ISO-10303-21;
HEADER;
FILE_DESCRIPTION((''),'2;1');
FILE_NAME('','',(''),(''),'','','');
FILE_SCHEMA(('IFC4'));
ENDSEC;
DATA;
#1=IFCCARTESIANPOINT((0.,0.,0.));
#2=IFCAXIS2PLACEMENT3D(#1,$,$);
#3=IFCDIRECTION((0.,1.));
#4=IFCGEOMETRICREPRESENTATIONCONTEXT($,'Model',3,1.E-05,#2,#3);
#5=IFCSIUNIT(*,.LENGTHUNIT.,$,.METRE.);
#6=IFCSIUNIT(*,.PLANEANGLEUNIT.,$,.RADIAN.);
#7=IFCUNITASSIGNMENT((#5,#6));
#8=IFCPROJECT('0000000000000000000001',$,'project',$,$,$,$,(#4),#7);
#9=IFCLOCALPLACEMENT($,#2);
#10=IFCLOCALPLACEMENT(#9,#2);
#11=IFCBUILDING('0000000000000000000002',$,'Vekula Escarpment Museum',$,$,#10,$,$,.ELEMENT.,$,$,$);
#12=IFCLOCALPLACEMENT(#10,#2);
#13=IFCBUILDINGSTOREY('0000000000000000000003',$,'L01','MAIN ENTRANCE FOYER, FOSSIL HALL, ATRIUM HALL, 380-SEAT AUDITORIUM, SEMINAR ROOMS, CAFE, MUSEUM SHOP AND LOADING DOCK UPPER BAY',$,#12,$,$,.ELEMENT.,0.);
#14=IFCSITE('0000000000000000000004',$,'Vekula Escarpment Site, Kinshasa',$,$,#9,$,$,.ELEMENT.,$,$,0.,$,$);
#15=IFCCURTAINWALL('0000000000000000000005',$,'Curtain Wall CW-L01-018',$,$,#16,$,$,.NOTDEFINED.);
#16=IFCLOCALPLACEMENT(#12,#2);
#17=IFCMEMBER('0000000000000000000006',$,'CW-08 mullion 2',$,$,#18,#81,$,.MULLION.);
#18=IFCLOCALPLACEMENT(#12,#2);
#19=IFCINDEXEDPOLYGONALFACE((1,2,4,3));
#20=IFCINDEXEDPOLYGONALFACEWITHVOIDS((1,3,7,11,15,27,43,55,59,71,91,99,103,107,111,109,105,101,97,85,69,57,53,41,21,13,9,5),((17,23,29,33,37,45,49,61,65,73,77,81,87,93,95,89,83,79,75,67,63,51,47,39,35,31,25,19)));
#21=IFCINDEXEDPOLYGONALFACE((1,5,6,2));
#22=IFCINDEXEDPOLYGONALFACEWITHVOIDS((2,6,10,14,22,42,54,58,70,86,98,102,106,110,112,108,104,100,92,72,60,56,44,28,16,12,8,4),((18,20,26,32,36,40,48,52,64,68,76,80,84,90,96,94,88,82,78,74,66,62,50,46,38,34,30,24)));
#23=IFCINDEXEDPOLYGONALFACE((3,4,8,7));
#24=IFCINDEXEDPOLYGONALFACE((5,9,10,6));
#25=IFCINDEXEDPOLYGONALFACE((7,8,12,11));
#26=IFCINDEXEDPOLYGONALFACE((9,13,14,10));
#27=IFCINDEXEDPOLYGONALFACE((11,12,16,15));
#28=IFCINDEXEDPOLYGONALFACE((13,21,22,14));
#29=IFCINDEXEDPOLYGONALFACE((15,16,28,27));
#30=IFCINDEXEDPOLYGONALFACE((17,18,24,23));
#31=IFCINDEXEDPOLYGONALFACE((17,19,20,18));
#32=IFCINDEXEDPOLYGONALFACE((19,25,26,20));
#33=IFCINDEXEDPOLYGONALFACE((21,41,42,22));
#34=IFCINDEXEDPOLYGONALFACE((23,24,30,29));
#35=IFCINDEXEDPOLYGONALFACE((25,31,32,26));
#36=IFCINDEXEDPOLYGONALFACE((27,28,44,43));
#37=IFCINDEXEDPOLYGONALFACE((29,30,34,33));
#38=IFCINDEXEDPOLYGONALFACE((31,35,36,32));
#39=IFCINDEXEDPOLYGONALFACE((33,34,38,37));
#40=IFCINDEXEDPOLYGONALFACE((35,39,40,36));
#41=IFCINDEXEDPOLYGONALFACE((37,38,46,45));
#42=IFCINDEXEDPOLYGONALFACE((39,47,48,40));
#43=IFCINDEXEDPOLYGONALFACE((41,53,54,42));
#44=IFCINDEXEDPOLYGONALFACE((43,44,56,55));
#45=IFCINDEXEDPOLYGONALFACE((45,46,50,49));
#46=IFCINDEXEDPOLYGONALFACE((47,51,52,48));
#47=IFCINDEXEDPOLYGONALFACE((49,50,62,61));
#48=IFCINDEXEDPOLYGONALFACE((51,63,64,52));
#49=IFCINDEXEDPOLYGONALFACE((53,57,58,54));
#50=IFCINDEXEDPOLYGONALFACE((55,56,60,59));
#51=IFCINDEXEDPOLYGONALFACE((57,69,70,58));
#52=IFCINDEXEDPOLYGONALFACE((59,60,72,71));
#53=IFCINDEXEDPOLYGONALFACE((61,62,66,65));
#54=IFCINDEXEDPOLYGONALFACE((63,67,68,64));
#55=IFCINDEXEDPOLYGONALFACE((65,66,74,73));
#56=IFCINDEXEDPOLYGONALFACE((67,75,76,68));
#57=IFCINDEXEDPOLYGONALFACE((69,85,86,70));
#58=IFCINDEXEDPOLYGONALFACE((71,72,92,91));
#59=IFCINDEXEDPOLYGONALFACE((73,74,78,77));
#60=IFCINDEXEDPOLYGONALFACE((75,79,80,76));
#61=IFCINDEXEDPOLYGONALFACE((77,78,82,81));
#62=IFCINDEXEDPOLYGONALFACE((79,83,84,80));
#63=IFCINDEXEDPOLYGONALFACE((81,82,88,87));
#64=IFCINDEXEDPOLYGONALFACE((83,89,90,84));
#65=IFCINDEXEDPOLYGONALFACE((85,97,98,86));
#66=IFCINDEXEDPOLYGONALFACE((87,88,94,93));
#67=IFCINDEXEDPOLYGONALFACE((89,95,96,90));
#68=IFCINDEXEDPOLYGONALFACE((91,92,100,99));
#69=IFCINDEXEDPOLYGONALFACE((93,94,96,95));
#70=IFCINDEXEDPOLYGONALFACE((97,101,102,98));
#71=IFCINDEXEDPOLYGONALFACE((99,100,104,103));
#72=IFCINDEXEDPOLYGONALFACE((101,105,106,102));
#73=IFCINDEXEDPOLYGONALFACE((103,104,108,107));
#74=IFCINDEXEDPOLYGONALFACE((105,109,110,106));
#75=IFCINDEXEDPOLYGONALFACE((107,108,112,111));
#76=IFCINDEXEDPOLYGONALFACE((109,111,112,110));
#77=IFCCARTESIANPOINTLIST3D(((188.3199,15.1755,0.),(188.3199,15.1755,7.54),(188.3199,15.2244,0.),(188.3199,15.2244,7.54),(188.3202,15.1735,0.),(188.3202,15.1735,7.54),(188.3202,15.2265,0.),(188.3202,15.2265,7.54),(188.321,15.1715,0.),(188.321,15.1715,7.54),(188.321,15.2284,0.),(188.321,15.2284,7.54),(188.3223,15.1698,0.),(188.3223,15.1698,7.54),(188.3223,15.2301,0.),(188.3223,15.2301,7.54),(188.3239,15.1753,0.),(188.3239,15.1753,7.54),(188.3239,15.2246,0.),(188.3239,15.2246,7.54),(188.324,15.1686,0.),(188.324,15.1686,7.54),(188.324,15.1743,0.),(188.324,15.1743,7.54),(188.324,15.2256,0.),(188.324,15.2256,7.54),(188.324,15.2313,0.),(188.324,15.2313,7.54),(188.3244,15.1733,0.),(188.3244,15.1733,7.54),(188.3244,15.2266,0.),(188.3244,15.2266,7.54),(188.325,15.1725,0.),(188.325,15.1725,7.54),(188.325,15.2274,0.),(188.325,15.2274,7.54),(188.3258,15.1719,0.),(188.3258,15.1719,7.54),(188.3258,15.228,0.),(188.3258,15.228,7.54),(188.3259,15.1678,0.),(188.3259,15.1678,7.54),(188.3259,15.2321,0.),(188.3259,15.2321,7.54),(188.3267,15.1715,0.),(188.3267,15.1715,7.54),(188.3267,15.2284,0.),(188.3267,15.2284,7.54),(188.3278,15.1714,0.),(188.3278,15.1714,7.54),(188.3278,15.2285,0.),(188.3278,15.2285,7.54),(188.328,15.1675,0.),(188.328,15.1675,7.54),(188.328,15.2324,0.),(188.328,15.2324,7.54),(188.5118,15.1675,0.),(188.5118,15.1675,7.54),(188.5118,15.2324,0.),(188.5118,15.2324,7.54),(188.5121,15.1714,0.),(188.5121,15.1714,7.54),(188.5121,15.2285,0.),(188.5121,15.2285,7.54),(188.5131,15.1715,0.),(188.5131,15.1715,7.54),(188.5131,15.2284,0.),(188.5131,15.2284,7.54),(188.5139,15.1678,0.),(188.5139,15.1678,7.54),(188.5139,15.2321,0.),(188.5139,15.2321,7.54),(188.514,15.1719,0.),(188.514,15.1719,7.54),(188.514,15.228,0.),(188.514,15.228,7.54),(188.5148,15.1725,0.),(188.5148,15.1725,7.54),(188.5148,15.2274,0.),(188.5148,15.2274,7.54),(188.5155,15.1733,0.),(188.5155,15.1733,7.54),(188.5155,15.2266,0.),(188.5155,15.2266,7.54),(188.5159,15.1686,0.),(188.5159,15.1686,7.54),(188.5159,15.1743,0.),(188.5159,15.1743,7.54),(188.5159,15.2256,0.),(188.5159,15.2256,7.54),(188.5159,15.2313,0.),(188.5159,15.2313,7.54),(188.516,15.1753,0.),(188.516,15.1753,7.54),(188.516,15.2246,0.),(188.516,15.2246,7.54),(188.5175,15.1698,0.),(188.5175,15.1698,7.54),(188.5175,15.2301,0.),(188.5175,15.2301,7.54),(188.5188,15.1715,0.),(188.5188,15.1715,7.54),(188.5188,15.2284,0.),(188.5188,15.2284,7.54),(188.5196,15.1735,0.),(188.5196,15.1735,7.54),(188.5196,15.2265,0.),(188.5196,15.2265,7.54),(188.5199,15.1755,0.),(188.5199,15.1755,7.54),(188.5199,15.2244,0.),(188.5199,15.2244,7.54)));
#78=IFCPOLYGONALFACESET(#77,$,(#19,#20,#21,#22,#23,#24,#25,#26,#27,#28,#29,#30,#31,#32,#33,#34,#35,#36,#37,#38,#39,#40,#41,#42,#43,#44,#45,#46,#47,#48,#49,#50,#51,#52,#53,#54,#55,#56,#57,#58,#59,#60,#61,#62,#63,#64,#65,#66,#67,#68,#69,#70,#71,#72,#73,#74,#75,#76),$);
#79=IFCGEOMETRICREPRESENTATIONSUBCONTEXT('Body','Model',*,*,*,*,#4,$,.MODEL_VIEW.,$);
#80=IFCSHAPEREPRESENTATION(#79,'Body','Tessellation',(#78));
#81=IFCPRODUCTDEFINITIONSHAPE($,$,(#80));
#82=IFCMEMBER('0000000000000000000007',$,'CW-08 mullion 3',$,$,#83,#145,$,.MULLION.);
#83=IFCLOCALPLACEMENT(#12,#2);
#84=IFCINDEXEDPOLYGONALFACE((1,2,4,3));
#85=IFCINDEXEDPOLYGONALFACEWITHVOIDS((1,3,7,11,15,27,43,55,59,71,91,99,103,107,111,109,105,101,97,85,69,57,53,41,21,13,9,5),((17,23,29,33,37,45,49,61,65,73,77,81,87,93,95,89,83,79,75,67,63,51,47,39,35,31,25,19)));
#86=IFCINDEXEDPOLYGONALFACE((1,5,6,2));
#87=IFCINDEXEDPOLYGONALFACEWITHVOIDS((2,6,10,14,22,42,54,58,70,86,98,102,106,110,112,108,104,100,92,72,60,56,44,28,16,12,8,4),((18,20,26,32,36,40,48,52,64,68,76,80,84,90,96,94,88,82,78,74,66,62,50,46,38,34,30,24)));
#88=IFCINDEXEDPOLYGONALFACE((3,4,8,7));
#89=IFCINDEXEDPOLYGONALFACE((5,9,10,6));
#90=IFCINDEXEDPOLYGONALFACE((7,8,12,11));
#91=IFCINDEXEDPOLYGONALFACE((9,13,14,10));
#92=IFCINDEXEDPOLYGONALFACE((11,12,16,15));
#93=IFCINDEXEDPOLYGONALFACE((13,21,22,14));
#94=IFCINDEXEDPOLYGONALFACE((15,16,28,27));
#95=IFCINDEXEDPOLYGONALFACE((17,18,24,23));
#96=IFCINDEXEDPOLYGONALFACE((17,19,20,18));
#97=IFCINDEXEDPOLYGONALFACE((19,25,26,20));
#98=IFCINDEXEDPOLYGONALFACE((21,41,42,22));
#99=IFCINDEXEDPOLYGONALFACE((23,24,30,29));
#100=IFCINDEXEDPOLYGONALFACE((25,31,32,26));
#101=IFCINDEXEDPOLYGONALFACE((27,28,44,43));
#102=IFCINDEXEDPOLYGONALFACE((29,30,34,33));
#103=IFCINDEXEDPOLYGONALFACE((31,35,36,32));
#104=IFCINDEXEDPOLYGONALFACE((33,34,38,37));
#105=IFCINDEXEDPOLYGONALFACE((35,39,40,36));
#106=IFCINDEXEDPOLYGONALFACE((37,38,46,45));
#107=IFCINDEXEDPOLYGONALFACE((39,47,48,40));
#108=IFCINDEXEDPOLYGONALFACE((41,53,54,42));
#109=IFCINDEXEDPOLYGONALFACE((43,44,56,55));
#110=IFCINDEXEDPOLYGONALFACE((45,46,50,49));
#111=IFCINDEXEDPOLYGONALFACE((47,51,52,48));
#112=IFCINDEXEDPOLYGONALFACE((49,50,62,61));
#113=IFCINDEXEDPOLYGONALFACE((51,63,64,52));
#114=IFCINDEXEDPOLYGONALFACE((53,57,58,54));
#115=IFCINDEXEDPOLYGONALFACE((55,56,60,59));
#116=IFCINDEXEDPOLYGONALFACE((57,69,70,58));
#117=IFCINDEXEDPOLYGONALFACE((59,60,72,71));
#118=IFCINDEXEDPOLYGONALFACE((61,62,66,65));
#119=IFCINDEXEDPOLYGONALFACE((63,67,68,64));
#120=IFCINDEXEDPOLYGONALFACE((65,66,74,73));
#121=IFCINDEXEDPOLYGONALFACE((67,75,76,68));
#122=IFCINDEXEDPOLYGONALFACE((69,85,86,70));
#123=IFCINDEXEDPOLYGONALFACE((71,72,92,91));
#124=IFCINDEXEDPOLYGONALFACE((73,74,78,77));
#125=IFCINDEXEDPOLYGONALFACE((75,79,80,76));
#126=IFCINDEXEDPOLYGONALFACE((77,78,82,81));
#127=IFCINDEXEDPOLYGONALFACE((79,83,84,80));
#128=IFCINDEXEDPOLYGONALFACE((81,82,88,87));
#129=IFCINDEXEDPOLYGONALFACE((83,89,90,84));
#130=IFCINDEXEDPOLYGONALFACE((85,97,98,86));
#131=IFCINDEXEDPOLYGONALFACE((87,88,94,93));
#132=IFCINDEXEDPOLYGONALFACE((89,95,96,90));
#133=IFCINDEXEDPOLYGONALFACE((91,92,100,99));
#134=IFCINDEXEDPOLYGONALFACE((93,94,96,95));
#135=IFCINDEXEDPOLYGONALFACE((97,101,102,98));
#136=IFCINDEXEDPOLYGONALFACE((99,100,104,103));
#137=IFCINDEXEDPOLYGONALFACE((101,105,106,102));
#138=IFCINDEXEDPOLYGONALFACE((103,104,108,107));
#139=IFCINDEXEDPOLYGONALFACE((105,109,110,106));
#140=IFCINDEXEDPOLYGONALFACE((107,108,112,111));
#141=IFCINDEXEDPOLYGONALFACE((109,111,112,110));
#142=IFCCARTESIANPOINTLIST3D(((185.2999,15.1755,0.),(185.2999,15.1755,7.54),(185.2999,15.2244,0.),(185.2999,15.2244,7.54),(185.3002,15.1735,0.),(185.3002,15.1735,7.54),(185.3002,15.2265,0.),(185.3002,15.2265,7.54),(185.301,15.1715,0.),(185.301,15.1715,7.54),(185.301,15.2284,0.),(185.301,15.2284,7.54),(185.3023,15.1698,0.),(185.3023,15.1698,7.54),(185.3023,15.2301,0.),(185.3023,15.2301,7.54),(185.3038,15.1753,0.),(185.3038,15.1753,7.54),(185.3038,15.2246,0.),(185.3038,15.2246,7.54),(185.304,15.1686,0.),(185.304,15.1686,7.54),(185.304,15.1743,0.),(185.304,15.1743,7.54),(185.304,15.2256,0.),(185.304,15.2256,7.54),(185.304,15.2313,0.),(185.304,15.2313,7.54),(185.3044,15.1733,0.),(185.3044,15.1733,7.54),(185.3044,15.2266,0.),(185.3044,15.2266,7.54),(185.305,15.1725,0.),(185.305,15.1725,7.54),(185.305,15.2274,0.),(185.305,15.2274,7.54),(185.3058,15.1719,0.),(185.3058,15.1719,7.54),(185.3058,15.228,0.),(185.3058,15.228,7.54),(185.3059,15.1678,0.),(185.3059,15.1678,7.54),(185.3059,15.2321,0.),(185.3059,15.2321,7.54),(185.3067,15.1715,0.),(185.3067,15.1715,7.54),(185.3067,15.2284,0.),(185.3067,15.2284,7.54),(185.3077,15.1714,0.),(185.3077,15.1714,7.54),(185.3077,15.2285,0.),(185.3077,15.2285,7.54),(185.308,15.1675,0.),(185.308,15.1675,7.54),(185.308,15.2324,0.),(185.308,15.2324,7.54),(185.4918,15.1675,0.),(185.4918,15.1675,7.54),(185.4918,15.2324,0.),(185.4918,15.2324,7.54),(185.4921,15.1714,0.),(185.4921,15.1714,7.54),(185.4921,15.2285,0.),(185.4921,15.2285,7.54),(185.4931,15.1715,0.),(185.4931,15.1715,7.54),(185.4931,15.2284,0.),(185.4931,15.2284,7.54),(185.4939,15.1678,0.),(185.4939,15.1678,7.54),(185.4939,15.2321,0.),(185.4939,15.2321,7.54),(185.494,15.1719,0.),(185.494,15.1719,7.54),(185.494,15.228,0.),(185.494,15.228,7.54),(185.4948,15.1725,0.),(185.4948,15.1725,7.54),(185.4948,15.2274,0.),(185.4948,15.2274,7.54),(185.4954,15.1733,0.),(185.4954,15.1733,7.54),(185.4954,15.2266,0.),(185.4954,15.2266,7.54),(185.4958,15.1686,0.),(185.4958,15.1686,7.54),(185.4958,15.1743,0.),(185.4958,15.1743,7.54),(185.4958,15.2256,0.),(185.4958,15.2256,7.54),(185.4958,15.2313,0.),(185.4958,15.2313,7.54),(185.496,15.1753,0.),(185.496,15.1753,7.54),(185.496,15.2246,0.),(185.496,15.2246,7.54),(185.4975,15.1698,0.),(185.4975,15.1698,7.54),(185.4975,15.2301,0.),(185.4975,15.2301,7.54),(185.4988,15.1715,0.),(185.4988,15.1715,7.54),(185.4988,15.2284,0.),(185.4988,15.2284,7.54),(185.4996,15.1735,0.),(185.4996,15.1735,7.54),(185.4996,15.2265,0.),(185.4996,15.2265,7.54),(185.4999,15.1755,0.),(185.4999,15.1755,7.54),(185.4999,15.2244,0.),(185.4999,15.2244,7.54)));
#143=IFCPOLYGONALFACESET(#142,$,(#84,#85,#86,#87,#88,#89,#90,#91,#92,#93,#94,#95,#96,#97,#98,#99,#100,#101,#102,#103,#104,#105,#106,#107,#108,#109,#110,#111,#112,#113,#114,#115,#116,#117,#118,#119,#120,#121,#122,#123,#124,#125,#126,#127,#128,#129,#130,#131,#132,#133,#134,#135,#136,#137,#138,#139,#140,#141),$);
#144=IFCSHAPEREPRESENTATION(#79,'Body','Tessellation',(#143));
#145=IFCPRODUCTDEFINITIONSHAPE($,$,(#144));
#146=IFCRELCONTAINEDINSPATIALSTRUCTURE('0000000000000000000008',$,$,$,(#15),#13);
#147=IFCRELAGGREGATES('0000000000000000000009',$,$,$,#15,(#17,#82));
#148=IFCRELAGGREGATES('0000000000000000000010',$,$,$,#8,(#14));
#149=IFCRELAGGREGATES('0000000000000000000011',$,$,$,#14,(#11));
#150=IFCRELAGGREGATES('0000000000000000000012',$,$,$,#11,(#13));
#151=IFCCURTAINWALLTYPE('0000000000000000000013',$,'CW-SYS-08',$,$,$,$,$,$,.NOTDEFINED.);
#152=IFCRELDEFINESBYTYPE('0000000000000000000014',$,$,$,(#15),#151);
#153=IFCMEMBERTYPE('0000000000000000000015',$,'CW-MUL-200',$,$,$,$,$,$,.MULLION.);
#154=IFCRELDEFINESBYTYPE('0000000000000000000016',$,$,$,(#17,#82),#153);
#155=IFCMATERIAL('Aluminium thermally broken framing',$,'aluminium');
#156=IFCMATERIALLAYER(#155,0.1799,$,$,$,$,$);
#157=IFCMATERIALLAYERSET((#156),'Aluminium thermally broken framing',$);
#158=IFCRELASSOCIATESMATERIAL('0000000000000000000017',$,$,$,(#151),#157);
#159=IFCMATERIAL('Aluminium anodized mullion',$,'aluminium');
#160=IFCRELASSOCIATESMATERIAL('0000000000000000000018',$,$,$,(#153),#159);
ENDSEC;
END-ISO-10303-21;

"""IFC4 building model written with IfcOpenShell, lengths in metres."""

from ifc_helpers import new_model, si_unit, direction, frame, origin, origin_2d, place, context, subcontext, project, spatial, hollow_rectangle, extrude, material, layer, layer_set, material_profile, profile_set, type_object, element, aggregate, save


model = new_model("IFC4")

# Units and contexts
model_context = context("Model", 3, precision=1e-05, world=origin(), true_north=direction((0.0, 1.0)))
body_context = subcontext(model_context, "Body", "Model", "MODEL_VIEW")
ifc_project = project(units=[si_unit("LENGTHUNIT", "METRE"), si_unit("PLANEANGLEUNIT", "RADIAN")], contexts=[model_context])

# Site, building, storey
site_placement = place(None, origin())
site = spatial("IfcSite", under=ifc_project, at=site_placement, Name="Vekula Escarpment Site, Kinshasa", CompositionType="ELEMENT", RefElevation=0.0)
building_placement = place(site_placement, origin())
building = spatial("IfcBuilding", under=site, at=building_placement, Name="Vekula Escarpment Museum", CompositionType="ELEMENT")
storey_placement = place(building_placement, origin())
storey = spatial("IfcBuildingStorey", under=building, at=storey_placement, Name="L01", Description="MAIN ENTRANCE FOYER, FOSSIL HALL, ATRIUM HALL, 380-SEAT AUDITORIUM, SEMINAR ROOMS, CAFE, MUSEUM SHOP AND LOADING DOCK UPPER BAY", CompositionType="ELEMENT", Elevation=0.0)

# Curtain wall, members
ifc_material_1 = material(Name="Aluminium thermally broken framing", Category="aluminium")
ifc_layer_1 = layer(ifc_material_1, 0.1799)
ifc_layer_set_1 = layer_set([ifc_layer_1], Name="Aluminium thermally broken framing")
curtain_wall_type = type_object("IfcCurtainWallType", Name="CW-SYS-08", PredefinedType="NOTDEFINED", material=ifc_layer_set_1)
curtain_wall_placement = place(storey_placement, origin())
curtain_wall = element("IfcCurtainWall", 1, at=curtain_wall_placement, inside=storey, type_object=curtain_wall_type, Name="Curtain Wall CW-L01-018", PredefinedType="NOTDEFINED")
ifc_material_2 = material(Name="Aluminium anodized mullion", Category="aluminium")
ifc_material_profile_1 = material_profile(ifc_material_2, hollow_rectangle(XDim=0.0649, YDim=0.2, WallThickness=0.0039, InnerFilletRadius=0.0039, OuterFilletRadius=0.0081, at=origin_2d()), Name="ALU 200x65x4")
ifc_profile_set_1 = profile_set([ifc_material_profile_1], Name="Aluminium anodized mullion")
member_type_1 = type_object("IfcMemberType", Name="CW-MUL-200", PredefinedType="MULLION", material=ifc_profile_set_1)
member_1_placement = place(storey_placement, frame((188.4199, 15.2, 0.0), z_axis=(0.0, 0.0, 1.0), x_axis=(0.0, -1.0, 0.0)))
member_1 = element("IfcMember", 2, at=member_1_placement, type_object=member_type_1, Name="CW-08 mullion 2", PredefinedType="MULLION", context=body_context, shape_type="SweptSolid", body=[
    extrude(hollow_rectangle(XDim=0.0649, YDim=0.2, WallThickness=0.0039, InnerFilletRadius=0.0039, OuterFilletRadius=0.0081, at=origin_2d()), origin(), (0.0, 0.0, 1.0), 7.54),
])
member_2_placement = place(storey_placement, frame((185.3999, 15.2, 0.0), z_axis=(0.0, 0.0, 1.0), x_axis=(0.0, -1.0, 0.0)))
member_2 = element("IfcMember", 3, at=member_2_placement, type_object=member_type_1, Name="CW-08 mullion 3", PredefinedType="MULLION", context=body_context, shape_type="SweptSolid", body=[
    extrude(hollow_rectangle(XDim=0.0649, YDim=0.2, WallThickness=0.0039, InnerFilletRadius=0.0039, OuterFilletRadius=0.0081, at=origin_2d()), origin(), (0.0, 0.0, 1.0), 7.54),
])
aggregate(curtain_wall, [member_1, member_2])

save(model, "model.ifc")
